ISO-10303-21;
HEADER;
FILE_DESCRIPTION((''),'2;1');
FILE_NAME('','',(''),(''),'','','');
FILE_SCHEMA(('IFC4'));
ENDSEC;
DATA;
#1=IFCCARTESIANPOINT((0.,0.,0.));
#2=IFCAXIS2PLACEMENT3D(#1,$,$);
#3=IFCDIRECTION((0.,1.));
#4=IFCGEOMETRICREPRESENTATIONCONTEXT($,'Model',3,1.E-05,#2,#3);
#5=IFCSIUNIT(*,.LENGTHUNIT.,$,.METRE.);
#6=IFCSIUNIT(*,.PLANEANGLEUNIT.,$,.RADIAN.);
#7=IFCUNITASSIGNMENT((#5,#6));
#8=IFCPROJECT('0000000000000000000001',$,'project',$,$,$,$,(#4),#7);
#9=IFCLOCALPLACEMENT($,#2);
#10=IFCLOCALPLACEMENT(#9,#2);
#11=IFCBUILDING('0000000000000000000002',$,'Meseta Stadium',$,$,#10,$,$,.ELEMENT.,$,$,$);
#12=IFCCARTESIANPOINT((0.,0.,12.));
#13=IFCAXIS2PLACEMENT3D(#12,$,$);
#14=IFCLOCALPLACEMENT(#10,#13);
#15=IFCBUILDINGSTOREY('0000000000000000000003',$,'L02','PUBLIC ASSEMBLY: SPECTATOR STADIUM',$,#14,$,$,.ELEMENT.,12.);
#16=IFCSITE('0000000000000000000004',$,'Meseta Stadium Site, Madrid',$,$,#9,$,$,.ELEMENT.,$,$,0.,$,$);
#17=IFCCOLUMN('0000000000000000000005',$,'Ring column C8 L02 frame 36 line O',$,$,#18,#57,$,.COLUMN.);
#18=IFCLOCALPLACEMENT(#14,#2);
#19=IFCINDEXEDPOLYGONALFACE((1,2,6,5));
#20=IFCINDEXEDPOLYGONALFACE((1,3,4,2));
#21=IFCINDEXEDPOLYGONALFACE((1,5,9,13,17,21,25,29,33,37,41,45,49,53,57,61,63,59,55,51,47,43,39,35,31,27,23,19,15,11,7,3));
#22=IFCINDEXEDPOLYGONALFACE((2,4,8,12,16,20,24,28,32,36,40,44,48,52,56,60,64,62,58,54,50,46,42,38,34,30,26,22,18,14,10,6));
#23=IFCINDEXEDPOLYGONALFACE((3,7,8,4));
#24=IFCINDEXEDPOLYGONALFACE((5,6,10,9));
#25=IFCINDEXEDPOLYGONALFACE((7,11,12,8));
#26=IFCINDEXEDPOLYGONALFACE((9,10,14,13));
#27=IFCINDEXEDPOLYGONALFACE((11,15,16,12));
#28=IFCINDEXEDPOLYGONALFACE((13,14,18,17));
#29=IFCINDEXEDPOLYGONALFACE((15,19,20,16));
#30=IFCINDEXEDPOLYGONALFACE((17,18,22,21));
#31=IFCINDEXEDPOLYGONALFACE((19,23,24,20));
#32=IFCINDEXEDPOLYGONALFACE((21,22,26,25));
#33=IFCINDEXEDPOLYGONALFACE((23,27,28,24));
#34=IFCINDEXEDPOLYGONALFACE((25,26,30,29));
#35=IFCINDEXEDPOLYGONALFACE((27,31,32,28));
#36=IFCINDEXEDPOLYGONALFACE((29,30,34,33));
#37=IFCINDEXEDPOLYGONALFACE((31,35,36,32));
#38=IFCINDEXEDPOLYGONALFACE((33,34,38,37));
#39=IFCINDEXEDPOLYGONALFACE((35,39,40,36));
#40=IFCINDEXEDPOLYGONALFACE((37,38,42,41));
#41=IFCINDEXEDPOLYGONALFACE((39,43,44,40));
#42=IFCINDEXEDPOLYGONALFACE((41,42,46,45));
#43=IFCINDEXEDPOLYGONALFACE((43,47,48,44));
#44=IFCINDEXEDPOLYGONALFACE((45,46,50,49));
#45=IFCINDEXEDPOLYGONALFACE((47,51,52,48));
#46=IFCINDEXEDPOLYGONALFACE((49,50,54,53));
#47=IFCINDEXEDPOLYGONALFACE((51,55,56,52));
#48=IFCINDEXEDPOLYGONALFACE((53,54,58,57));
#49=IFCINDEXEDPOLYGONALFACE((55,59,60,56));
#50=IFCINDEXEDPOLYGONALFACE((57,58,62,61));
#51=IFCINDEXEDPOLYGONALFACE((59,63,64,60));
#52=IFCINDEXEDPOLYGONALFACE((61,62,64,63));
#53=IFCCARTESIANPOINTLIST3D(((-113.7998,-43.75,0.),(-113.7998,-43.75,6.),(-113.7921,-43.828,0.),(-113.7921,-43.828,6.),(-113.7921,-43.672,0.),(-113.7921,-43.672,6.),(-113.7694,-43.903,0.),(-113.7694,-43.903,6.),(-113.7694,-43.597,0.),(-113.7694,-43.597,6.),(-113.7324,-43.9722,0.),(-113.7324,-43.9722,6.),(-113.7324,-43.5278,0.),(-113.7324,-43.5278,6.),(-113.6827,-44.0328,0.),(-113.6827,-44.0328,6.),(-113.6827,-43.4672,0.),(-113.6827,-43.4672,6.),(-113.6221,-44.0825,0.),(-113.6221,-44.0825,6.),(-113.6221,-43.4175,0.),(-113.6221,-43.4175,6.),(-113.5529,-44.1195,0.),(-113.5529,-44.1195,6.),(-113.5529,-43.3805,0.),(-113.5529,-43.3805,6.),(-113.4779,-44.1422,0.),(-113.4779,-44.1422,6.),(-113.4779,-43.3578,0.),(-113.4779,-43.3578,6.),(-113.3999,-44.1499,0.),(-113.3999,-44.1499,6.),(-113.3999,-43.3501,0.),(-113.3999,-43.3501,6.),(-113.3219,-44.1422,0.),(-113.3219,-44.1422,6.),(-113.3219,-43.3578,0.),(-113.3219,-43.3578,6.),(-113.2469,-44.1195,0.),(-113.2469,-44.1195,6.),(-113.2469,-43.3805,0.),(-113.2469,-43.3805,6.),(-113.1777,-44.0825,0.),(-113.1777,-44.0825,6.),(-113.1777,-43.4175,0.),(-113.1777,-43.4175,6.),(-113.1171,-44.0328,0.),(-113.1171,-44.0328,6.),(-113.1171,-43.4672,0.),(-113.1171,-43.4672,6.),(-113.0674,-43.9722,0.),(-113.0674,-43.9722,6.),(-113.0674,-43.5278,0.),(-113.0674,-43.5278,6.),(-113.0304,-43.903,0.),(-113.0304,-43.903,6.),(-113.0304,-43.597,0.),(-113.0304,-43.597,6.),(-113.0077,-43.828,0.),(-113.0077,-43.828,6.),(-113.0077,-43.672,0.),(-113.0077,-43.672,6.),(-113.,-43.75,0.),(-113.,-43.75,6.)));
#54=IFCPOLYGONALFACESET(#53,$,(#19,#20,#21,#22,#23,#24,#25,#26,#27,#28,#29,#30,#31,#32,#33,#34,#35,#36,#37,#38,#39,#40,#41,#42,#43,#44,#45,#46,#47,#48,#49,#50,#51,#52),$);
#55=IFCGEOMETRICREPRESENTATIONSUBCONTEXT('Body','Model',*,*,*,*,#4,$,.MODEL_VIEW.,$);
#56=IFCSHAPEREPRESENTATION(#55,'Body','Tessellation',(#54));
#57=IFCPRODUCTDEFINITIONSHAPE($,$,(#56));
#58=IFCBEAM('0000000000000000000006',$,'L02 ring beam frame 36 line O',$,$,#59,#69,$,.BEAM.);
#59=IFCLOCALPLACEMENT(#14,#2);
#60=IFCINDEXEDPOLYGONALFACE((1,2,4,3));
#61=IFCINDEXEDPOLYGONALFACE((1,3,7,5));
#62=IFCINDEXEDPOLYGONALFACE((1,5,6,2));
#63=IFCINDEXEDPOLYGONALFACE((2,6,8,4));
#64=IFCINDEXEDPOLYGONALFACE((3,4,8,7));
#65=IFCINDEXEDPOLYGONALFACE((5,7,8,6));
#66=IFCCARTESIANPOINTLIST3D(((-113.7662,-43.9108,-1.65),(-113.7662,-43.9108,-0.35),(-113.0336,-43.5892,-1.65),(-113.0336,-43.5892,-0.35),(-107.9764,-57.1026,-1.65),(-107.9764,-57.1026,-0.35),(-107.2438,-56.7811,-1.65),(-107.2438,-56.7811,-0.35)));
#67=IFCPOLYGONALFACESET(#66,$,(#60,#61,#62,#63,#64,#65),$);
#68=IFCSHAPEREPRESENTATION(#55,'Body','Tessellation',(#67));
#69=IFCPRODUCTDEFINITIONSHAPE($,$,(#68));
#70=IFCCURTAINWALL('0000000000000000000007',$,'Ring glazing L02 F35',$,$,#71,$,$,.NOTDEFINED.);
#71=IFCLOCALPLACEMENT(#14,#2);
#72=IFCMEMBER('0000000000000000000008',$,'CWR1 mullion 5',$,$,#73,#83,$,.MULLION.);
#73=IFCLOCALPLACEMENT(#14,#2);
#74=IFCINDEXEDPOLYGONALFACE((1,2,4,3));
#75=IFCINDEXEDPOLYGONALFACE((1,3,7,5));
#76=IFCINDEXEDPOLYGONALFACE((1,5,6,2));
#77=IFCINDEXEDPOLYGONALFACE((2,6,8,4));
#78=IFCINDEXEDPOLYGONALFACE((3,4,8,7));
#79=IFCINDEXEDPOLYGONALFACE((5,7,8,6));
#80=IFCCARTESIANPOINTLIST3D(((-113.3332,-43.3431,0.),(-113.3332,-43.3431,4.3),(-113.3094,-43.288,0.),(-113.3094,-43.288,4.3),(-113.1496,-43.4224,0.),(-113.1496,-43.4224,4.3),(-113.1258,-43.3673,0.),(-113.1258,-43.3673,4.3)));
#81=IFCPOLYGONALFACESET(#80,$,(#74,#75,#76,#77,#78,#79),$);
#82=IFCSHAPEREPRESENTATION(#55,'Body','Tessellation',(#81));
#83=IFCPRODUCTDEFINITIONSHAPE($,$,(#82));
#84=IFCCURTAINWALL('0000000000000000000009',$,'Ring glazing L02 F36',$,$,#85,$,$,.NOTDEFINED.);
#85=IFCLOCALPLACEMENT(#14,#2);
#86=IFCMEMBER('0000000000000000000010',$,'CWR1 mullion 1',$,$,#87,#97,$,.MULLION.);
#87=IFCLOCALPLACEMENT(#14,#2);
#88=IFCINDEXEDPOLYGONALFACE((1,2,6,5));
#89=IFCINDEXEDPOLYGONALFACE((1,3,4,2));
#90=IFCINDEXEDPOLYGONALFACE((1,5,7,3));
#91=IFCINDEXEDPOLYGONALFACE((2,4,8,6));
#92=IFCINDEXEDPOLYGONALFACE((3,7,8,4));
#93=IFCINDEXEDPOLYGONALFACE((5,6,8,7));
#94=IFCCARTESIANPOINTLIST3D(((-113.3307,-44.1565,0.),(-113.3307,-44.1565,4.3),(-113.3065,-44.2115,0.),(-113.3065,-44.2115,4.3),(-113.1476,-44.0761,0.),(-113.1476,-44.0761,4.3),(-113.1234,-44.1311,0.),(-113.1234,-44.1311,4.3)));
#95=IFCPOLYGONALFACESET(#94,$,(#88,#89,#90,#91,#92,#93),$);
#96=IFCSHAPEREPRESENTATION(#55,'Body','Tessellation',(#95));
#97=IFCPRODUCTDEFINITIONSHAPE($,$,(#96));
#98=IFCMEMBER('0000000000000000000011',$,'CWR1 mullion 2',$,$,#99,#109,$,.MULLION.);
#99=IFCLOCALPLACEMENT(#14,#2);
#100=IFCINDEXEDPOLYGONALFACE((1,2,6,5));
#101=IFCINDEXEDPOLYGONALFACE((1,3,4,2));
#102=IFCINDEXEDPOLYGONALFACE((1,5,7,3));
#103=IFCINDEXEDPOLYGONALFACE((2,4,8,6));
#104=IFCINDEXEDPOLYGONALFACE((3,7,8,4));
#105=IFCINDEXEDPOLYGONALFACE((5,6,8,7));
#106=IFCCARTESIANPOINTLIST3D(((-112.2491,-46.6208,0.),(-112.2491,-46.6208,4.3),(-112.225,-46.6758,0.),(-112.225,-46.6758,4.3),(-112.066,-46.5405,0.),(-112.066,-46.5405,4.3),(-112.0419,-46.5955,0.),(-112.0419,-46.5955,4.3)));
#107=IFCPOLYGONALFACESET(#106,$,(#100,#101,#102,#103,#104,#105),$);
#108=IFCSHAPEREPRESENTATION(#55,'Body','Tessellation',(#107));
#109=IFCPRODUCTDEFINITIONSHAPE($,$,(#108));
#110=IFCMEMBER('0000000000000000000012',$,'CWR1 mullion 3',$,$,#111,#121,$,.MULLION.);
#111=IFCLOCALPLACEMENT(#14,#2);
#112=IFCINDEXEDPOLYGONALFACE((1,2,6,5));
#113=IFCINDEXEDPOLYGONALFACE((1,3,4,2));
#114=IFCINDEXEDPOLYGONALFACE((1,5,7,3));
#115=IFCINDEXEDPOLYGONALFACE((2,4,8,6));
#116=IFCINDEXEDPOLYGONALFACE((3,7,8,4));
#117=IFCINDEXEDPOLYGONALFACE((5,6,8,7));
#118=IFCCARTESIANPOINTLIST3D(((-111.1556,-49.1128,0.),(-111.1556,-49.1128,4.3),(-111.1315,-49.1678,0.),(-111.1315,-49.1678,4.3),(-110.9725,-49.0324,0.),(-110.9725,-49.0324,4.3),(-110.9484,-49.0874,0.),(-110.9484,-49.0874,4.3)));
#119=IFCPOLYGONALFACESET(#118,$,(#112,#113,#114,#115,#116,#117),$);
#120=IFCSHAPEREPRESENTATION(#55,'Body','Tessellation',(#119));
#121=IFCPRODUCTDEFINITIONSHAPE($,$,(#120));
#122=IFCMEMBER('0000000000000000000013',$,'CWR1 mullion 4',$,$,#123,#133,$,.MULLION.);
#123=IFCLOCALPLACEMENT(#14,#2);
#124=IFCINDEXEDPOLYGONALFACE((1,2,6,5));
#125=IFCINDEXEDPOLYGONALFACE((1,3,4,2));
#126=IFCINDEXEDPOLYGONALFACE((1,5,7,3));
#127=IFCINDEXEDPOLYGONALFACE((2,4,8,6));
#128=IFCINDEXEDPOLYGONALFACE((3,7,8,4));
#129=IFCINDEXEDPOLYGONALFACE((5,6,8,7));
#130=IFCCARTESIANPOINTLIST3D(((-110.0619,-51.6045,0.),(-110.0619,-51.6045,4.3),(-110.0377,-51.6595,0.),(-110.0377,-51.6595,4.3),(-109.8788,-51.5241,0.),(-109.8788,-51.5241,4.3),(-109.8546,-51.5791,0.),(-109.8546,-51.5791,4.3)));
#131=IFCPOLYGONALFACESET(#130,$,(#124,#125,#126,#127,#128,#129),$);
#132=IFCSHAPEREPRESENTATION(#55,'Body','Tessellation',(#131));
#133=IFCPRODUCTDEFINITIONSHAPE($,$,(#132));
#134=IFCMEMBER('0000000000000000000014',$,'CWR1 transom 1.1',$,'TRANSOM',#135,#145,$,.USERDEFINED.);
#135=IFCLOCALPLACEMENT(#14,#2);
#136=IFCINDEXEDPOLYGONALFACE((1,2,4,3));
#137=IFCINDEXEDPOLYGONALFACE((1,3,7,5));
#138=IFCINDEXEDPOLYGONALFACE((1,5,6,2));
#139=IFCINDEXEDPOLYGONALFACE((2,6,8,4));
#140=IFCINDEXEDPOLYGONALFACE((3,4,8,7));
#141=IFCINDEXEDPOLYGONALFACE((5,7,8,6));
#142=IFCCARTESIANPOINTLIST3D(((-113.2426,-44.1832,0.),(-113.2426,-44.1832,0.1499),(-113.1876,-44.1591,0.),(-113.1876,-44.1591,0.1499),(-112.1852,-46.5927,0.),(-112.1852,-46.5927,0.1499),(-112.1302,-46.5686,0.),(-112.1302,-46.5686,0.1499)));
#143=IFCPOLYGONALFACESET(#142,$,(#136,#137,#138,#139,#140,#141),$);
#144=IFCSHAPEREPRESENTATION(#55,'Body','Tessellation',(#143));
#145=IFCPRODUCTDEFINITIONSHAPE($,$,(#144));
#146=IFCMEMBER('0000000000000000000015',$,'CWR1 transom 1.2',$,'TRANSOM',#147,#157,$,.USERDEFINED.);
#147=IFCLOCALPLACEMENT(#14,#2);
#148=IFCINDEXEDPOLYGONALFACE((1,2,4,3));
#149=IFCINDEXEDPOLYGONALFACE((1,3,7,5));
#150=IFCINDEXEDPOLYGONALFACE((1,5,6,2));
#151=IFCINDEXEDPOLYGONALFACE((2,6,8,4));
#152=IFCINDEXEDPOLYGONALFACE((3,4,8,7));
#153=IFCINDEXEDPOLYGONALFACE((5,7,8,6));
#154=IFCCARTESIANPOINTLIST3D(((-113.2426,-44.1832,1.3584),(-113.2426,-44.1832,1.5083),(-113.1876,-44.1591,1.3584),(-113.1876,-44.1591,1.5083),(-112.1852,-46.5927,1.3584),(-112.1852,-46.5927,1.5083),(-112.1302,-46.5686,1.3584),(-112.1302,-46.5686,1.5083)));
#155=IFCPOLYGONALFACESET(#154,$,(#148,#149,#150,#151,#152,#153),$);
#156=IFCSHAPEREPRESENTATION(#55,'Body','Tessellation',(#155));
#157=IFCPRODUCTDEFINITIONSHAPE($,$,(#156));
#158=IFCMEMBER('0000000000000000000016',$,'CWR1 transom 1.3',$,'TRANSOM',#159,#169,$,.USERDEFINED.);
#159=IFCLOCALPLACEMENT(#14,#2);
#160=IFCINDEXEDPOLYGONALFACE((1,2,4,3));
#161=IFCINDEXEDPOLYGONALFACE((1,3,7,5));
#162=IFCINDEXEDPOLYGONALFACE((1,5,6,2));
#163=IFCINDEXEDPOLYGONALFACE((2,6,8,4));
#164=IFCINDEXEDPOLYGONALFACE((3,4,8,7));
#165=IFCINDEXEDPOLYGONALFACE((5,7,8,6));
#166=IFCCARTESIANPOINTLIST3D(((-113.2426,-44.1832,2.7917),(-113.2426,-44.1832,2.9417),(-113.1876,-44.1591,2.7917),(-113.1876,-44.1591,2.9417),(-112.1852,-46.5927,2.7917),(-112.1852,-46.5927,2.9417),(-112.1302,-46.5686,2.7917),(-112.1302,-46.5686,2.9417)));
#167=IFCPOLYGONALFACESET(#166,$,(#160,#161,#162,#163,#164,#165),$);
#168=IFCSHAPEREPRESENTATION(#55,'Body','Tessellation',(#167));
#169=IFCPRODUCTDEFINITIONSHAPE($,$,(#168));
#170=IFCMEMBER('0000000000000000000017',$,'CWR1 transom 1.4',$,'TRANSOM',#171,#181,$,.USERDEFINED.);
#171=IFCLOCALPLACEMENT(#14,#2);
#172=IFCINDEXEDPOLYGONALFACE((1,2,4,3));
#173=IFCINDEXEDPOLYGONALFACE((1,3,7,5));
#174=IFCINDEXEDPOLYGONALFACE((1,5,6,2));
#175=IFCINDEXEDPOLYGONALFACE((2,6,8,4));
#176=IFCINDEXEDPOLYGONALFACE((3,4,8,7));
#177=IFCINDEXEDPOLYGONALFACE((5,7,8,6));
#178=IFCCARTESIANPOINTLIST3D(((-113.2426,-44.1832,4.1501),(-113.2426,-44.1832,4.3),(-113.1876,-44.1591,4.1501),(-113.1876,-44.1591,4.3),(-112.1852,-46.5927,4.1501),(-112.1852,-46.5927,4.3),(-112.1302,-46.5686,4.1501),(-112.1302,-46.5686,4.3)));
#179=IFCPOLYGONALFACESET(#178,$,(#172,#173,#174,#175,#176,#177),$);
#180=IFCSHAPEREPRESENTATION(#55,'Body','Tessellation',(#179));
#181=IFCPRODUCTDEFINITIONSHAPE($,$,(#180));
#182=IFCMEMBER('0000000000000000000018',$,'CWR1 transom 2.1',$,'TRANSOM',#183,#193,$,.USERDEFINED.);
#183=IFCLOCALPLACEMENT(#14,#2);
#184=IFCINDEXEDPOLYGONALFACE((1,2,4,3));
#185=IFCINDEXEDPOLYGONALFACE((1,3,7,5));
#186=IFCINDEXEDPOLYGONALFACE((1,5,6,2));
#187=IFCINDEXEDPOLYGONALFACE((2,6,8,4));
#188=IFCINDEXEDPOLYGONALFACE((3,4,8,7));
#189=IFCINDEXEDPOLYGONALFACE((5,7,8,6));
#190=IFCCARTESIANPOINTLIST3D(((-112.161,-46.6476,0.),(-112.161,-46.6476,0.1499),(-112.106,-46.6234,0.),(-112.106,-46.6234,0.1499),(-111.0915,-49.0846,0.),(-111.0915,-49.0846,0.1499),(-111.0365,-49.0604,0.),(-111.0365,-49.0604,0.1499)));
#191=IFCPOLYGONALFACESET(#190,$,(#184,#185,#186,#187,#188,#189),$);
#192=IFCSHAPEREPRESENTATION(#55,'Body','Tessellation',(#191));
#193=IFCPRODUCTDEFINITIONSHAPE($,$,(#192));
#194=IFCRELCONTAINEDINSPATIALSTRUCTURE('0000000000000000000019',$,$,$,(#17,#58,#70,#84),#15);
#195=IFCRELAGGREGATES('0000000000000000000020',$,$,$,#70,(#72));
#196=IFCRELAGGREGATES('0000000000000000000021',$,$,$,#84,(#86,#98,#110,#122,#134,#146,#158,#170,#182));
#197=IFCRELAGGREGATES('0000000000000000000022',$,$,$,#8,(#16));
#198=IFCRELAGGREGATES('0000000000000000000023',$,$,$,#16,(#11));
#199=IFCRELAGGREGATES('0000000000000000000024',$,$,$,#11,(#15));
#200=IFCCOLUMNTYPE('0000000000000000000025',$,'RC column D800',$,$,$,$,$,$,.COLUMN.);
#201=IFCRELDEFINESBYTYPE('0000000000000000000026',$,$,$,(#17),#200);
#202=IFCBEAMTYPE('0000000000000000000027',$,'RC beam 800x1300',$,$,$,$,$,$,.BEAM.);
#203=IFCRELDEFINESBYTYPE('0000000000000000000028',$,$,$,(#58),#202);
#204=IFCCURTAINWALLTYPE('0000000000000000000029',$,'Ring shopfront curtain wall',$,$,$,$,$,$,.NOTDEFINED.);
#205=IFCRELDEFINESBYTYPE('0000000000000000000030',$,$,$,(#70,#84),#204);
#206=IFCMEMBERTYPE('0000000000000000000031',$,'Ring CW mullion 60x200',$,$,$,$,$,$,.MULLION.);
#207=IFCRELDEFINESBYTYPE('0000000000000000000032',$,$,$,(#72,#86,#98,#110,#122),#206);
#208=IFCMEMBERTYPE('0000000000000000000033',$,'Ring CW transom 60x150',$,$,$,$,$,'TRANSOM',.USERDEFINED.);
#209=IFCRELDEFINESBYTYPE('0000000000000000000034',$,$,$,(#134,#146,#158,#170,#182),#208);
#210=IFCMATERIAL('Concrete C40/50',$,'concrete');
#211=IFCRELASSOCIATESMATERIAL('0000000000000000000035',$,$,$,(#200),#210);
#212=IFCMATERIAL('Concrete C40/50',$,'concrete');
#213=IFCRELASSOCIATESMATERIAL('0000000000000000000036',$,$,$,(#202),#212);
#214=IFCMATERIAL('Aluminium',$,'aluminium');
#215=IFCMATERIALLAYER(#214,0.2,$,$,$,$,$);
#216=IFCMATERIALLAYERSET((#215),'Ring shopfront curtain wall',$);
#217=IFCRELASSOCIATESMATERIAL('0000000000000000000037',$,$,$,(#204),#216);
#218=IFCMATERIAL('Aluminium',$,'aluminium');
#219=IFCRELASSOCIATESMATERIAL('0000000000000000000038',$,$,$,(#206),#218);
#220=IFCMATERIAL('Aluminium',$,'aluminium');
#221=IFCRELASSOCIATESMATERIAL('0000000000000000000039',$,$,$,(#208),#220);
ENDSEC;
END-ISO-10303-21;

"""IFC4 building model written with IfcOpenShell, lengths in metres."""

from ifc_helpers import new_model, si_unit, direction, frame, origin, origin_2d, place, context, subcontext, project, spatial, rectangle, circle, extrude, material, layer, layer_set, material_profile, profile_set, type_object, element, aggregate, save


model = new_model("IFC4")

# Units and contexts
model_context = context("Model", 3, precision=1e-05, world=origin(), true_north=direction((0.0, 1.0)))
body_context = subcontext(model_context, "Body", "Model", "MODEL_VIEW")
ifc_project = project(units=[si_unit("LENGTHUNIT", "METRE"), si_unit("PLANEANGLEUNIT", "RADIAN")], contexts=[model_context])

# Site, building, storey
site_placement = place(None, origin())
site = spatial("IfcSite", under=ifc_project, at=site_placement, Name="Meseta Stadium Site, Madrid", CompositionType="ELEMENT", RefElevation=0.0)
building_placement = place(site_placement, origin())
building = spatial("IfcBuilding", under=site, at=building_placement, Name="Meseta Stadium", CompositionType="ELEMENT")
storey_placement = place(building_placement, frame((0.0, 0.0, 12.0)))
storey = spatial("IfcBuildingStorey", under=building, at=storey_placement, Name="L02", Description="PUBLIC ASSEMBLY: SPECTATOR STADIUM", CompositionType="ELEMENT", Elevation=12.0)

# Column
ifc_material_1 = material(Name="Concrete C40/50", Category="concrete")
ifc_material_profile_1 = material_profile(ifc_material_1, circle(Radius=0.3999, at=origin_2d()), Name="RC D800")
ifc_profile_set_1 = profile_set([ifc_material_profile_1], Name="Concrete C40/50")
column_type = type_object("IfcColumnType", Name="RC column D800", PredefinedType="COLUMN", material=ifc_profile_set_1)
column_placement = place(storey_placement, frame((-113.3999, -43.75, 0.0), z_axis=(0.0, 0.0, 1.0), x_axis=(1.0, 0.0, 0.0)))
element("IfcColumn", 1, at=column_placement, inside=storey, type_object=column_type, Name="Ring column C8 L02 frame 36 line O", PredefinedType="COLUMN", context=body_context, shape_type="SweptSolid", body=[
    extrude(circle(Radius=0.3999, at=origin_2d()), origin(), (0.0, 0.0, 1.0), 6.0),
])

# Beam
ifc_material_2 = material(Name="Concrete C40/50", Category="concrete")
ifc_material_profile_2 = material_profile(ifc_material_2, rectangle(XDim=0.8, YDim=1.3, at=origin_2d()), Name="RC 800x1300")
ifc_profile_set_2 = profile_set([ifc_material_profile_2], Name="Concrete C40/50")
beam_type = type_object("IfcBeamType", Name="RC beam 800x1300", PredefinedType="BEAM", material=ifc_profile_set_2)
beam_placement = place(storey_placement, frame((-113.3999, -43.75, -1.0), z_axis=(0.401887, -0.915689, 0.0), x_axis=(0.915689, 0.401887, 0.0)))
element("IfcBeam", 2, at=beam_placement, inside=storey, type_object=beam_type, Name="L02 ring beam frame 36 line O", PredefinedType="BEAM", context=body_context, shape_type="SweptSolid", body=[
    extrude(rectangle(XDim=0.8, YDim=1.3, at=origin_2d()), origin(), (0.0, 0.0, 1.0), 14.4065),
])

# Curtain wall, member
ifc_material_3 = material(Name="Aluminium", Category="aluminium")
ifc_layer_1 = layer(ifc_material_3, 0.2)
ifc_layer_set_1 = layer_set([ifc_layer_1], Name="Ring shopfront curtain wall")
curtain_wall_type = type_object("IfcCurtainWallType", Name="Ring shopfront curtain wall", PredefinedType="NOTDEFINED", material=ifc_layer_set_1)
curtain_wall_1_placement = place(storey_placement, origin())
curtain_wall_1 = element("IfcCurtainWall", 3, at=curtain_wall_1_placement, inside=storey, type_object=curtain_wall_type, Name="Ring glazing L02 F35", PredefinedType="NOTDEFINED")
ifc_material_4 = material(Name="Aluminium", Category="aluminium")
ifc_material_profile_3 = material_profile(ifc_material_4, rectangle(XDim=0.2, YDim=0.0601, at=origin_2d()), Name="CW 200x60")
ifc_profile_set_3 = profile_set([ifc_material_profile_3], Name="Aluminium")
member_type_1 = type_object("IfcMemberType", Name="Ring CW mullion 60x200", PredefinedType="MULLION", material=ifc_profile_set_3)
member_1_placement = place(storey_placement, frame((-113.2295, -43.3552, 0.0), z_axis=(0.0, 0.0, 1.0), x_axis=(0.918, -0.396581, 0.0)))
member_1 = element("IfcMember", 4, at=member_1_placement, type_object=member_type_1, Name="CWR1 mullion 5", PredefinedType="MULLION", context=body_context, shape_type="SweptSolid", body=[
    extrude(rectangle(XDim=0.2, YDim=0.0601, at=origin_2d()), origin(), (0.0, 0.0, 1.0), 4.3),
])
aggregate(curtain_wall_1, [member_1])

# Curtain wall, members
curtain_wall_2_placement = place(storey_placement, origin())
curtain_wall_2 = element("IfcCurtainWall", 5, at=curtain_wall_2_placement, inside=storey, type_object=curtain_wall_type, Name="Ring glazing L02 F36", PredefinedType="NOTDEFINED")
member_2_placement = place(storey_placement, frame((-113.2271, -44.1438, 0.0), z_axis=(0.0, 0.0, 1.0), x_axis=(0.915687, 0.401892, 0.0)))
member_2 = element("IfcMember", 6, at=member_2_placement, type_object=member_type_1, Name="CWR1 mullion 1", PredefinedType="MULLION", context=body_context, shape_type="SweptSolid", body=[
    extrude(rectangle(XDim=0.2, YDim=0.0601, at=origin_2d()), origin(), (0.0, 0.0, 1.0), 4.3),
])
member_3_placement = place(storey_placement, frame((-112.1455, -46.6082, 0.0), z_axis=(0.0, 0.0, 1.0), x_axis=(0.915687, 0.401892, 0.0)))
member_3 = element("IfcMember", 7, at=member_3_placement, type_object=member_type_1, Name="CWR1 mullion 2", PredefinedType="MULLION", context=body_context, shape_type="SweptSolid", body=[
    extrude(rectangle(XDim=0.2, YDim=0.0601, at=origin_2d()), origin(), (0.0, 0.0, 1.0), 4.3),
])
member_4_placement = place(storey_placement, frame((-111.052, -49.1001, 0.0), z_axis=(0.0, 0.0, 1.0), x_axis=(0.915687, 0.401892, 0.0)))
member_4 = element("IfcMember", 8, at=member_4_placement, type_object=member_type_1, Name="CWR1 mullion 3", PredefinedType="MULLION", context=body_context, shape_type="SweptSolid", body=[
    extrude(rectangle(XDim=0.2, YDim=0.0601, at=origin_2d()), origin(), (0.0, 0.0, 1.0), 4.3),
])
member_5_placement = place(storey_placement, frame((-109.9583, -51.5918, 0.0), z_axis=(0.0, 0.0, 1.0), x_axis=(0.915687, 0.401892, 0.0)))
member_5 = element("IfcMember", 9, at=member_5_placement, type_object=member_type_1, Name="CWR1 mullion 4", PredefinedType="MULLION", context=body_context, shape_type="SweptSolid", body=[
    extrude(rectangle(XDim=0.2, YDim=0.0601, at=origin_2d()), origin(), (0.0, 0.0, 1.0), 4.3),
])
ifc_material_5 = material(Name="Aluminium", Category="aluminium")
ifc_material_profile_4 = material_profile(ifc_material_5, rectangle(XDim=0.0601, YDim=0.1499, at=origin_2d()), Name="CW 60x150")
ifc_profile_set_4 = profile_set([ifc_material_profile_4], Name="Aluminium")
member_type_2 = type_object("IfcMemberType", Name="Ring CW transom 60x150", ElementType="TRANSOM", PredefinedType="USERDEFINED", material=ifc_profile_set_4)
member_6_placement = place(storey_placement, frame((-113.2151, -44.1711, 0.075), z_axis=(0.401855, -0.915703, 0.0), x_axis=(0.915703, 0.401855, 0.0)))
member_6 = element("IfcMember", 10, at=member_6_placement, type_object=member_type_2, Name="CWR1 transom 1.1", ObjectType="TRANSOM", PredefinedType="USERDEFINED", context=body_context, shape_type="SweptSolid", body=[
    extrude(rectangle(XDim=0.0601, YDim=0.1499, at=origin_2d()), origin(), (0.0, 0.0, 1.0), 2.6313),
])
member_7_placement = place(storey_placement, frame((-113.2151, -44.1711, 1.4333), z_axis=(0.401855, -0.915703, 0.0), x_axis=(0.915703, 0.401855, 0.0)))
member_7 = element("IfcMember", 11, at=member_7_placement, type_object=member_type_2, Name="CWR1 transom 1.2", ObjectType="TRANSOM", PredefinedType="USERDEFINED", context=body_context, shape_type="SweptSolid", body=[
    extrude(rectangle(XDim=0.0601, YDim=0.1499, at=origin_2d()), origin(), (0.0, 0.0, 1.0), 2.6313),
])
member_8_placement = place(storey_placement, frame((-113.2151, -44.1711, 2.8667), z_axis=(0.401855, -0.915703, 0.0), x_axis=(0.915703, 0.401855, 0.0)))
member_8 = element("IfcMember", 12, at=member_8_placement, type_object=member_type_2, Name="CWR1 transom 1.3", ObjectType="TRANSOM", PredefinedType="USERDEFINED", context=body_context, shape_type="SweptSolid", body=[
    extrude(rectangle(XDim=0.0601, YDim=0.1499, at=origin_2d()), origin(), (0.0, 0.0, 1.0), 2.6313),
])
member_9_placement = place(storey_placement, frame((-113.2151, -44.1711, 4.2251), z_axis=(0.401855, -0.915703, 0.0), x_axis=(0.915703, 0.401855, 0.0)))
member_9 = element("IfcMember", 13, at=member_9_placement, type_object=member_type_2, Name="CWR1 transom 1.4", ObjectType="TRANSOM", PredefinedType="USERDEFINED", context=body_context, shape_type="SweptSolid", body=[
    extrude(rectangle(XDim=0.0601, YDim=0.1499, at=origin_2d()), origin(), (0.0, 0.0, 1.0), 2.6313),
])
member_10_placement = place(storey_placement, frame((-112.1335, -46.6355, 0.075), z_axis=(0.401887, -0.915689, 0.0), x_axis=(0.915689, 0.401887, 0.0)))
member_10 = element("IfcMember", 14, at=member_10_placement, type_object=member_type_2, Name="CWR1 transom 2.1", ObjectType="TRANSOM", PredefinedType="USERDEFINED", context=body_context, shape_type="SweptSolid", body=[
    extrude(rectangle(XDim=0.0601, YDim=0.1499, at=origin_2d()), origin(), (0.0, 0.0, 1.0), 2.6614),
])
aggregate(curtain_wall_2, [member_2, member_3, member_4, member_5, member_6, member_7, member_8, member_9, member_10])

save(model, "model.ifc")
